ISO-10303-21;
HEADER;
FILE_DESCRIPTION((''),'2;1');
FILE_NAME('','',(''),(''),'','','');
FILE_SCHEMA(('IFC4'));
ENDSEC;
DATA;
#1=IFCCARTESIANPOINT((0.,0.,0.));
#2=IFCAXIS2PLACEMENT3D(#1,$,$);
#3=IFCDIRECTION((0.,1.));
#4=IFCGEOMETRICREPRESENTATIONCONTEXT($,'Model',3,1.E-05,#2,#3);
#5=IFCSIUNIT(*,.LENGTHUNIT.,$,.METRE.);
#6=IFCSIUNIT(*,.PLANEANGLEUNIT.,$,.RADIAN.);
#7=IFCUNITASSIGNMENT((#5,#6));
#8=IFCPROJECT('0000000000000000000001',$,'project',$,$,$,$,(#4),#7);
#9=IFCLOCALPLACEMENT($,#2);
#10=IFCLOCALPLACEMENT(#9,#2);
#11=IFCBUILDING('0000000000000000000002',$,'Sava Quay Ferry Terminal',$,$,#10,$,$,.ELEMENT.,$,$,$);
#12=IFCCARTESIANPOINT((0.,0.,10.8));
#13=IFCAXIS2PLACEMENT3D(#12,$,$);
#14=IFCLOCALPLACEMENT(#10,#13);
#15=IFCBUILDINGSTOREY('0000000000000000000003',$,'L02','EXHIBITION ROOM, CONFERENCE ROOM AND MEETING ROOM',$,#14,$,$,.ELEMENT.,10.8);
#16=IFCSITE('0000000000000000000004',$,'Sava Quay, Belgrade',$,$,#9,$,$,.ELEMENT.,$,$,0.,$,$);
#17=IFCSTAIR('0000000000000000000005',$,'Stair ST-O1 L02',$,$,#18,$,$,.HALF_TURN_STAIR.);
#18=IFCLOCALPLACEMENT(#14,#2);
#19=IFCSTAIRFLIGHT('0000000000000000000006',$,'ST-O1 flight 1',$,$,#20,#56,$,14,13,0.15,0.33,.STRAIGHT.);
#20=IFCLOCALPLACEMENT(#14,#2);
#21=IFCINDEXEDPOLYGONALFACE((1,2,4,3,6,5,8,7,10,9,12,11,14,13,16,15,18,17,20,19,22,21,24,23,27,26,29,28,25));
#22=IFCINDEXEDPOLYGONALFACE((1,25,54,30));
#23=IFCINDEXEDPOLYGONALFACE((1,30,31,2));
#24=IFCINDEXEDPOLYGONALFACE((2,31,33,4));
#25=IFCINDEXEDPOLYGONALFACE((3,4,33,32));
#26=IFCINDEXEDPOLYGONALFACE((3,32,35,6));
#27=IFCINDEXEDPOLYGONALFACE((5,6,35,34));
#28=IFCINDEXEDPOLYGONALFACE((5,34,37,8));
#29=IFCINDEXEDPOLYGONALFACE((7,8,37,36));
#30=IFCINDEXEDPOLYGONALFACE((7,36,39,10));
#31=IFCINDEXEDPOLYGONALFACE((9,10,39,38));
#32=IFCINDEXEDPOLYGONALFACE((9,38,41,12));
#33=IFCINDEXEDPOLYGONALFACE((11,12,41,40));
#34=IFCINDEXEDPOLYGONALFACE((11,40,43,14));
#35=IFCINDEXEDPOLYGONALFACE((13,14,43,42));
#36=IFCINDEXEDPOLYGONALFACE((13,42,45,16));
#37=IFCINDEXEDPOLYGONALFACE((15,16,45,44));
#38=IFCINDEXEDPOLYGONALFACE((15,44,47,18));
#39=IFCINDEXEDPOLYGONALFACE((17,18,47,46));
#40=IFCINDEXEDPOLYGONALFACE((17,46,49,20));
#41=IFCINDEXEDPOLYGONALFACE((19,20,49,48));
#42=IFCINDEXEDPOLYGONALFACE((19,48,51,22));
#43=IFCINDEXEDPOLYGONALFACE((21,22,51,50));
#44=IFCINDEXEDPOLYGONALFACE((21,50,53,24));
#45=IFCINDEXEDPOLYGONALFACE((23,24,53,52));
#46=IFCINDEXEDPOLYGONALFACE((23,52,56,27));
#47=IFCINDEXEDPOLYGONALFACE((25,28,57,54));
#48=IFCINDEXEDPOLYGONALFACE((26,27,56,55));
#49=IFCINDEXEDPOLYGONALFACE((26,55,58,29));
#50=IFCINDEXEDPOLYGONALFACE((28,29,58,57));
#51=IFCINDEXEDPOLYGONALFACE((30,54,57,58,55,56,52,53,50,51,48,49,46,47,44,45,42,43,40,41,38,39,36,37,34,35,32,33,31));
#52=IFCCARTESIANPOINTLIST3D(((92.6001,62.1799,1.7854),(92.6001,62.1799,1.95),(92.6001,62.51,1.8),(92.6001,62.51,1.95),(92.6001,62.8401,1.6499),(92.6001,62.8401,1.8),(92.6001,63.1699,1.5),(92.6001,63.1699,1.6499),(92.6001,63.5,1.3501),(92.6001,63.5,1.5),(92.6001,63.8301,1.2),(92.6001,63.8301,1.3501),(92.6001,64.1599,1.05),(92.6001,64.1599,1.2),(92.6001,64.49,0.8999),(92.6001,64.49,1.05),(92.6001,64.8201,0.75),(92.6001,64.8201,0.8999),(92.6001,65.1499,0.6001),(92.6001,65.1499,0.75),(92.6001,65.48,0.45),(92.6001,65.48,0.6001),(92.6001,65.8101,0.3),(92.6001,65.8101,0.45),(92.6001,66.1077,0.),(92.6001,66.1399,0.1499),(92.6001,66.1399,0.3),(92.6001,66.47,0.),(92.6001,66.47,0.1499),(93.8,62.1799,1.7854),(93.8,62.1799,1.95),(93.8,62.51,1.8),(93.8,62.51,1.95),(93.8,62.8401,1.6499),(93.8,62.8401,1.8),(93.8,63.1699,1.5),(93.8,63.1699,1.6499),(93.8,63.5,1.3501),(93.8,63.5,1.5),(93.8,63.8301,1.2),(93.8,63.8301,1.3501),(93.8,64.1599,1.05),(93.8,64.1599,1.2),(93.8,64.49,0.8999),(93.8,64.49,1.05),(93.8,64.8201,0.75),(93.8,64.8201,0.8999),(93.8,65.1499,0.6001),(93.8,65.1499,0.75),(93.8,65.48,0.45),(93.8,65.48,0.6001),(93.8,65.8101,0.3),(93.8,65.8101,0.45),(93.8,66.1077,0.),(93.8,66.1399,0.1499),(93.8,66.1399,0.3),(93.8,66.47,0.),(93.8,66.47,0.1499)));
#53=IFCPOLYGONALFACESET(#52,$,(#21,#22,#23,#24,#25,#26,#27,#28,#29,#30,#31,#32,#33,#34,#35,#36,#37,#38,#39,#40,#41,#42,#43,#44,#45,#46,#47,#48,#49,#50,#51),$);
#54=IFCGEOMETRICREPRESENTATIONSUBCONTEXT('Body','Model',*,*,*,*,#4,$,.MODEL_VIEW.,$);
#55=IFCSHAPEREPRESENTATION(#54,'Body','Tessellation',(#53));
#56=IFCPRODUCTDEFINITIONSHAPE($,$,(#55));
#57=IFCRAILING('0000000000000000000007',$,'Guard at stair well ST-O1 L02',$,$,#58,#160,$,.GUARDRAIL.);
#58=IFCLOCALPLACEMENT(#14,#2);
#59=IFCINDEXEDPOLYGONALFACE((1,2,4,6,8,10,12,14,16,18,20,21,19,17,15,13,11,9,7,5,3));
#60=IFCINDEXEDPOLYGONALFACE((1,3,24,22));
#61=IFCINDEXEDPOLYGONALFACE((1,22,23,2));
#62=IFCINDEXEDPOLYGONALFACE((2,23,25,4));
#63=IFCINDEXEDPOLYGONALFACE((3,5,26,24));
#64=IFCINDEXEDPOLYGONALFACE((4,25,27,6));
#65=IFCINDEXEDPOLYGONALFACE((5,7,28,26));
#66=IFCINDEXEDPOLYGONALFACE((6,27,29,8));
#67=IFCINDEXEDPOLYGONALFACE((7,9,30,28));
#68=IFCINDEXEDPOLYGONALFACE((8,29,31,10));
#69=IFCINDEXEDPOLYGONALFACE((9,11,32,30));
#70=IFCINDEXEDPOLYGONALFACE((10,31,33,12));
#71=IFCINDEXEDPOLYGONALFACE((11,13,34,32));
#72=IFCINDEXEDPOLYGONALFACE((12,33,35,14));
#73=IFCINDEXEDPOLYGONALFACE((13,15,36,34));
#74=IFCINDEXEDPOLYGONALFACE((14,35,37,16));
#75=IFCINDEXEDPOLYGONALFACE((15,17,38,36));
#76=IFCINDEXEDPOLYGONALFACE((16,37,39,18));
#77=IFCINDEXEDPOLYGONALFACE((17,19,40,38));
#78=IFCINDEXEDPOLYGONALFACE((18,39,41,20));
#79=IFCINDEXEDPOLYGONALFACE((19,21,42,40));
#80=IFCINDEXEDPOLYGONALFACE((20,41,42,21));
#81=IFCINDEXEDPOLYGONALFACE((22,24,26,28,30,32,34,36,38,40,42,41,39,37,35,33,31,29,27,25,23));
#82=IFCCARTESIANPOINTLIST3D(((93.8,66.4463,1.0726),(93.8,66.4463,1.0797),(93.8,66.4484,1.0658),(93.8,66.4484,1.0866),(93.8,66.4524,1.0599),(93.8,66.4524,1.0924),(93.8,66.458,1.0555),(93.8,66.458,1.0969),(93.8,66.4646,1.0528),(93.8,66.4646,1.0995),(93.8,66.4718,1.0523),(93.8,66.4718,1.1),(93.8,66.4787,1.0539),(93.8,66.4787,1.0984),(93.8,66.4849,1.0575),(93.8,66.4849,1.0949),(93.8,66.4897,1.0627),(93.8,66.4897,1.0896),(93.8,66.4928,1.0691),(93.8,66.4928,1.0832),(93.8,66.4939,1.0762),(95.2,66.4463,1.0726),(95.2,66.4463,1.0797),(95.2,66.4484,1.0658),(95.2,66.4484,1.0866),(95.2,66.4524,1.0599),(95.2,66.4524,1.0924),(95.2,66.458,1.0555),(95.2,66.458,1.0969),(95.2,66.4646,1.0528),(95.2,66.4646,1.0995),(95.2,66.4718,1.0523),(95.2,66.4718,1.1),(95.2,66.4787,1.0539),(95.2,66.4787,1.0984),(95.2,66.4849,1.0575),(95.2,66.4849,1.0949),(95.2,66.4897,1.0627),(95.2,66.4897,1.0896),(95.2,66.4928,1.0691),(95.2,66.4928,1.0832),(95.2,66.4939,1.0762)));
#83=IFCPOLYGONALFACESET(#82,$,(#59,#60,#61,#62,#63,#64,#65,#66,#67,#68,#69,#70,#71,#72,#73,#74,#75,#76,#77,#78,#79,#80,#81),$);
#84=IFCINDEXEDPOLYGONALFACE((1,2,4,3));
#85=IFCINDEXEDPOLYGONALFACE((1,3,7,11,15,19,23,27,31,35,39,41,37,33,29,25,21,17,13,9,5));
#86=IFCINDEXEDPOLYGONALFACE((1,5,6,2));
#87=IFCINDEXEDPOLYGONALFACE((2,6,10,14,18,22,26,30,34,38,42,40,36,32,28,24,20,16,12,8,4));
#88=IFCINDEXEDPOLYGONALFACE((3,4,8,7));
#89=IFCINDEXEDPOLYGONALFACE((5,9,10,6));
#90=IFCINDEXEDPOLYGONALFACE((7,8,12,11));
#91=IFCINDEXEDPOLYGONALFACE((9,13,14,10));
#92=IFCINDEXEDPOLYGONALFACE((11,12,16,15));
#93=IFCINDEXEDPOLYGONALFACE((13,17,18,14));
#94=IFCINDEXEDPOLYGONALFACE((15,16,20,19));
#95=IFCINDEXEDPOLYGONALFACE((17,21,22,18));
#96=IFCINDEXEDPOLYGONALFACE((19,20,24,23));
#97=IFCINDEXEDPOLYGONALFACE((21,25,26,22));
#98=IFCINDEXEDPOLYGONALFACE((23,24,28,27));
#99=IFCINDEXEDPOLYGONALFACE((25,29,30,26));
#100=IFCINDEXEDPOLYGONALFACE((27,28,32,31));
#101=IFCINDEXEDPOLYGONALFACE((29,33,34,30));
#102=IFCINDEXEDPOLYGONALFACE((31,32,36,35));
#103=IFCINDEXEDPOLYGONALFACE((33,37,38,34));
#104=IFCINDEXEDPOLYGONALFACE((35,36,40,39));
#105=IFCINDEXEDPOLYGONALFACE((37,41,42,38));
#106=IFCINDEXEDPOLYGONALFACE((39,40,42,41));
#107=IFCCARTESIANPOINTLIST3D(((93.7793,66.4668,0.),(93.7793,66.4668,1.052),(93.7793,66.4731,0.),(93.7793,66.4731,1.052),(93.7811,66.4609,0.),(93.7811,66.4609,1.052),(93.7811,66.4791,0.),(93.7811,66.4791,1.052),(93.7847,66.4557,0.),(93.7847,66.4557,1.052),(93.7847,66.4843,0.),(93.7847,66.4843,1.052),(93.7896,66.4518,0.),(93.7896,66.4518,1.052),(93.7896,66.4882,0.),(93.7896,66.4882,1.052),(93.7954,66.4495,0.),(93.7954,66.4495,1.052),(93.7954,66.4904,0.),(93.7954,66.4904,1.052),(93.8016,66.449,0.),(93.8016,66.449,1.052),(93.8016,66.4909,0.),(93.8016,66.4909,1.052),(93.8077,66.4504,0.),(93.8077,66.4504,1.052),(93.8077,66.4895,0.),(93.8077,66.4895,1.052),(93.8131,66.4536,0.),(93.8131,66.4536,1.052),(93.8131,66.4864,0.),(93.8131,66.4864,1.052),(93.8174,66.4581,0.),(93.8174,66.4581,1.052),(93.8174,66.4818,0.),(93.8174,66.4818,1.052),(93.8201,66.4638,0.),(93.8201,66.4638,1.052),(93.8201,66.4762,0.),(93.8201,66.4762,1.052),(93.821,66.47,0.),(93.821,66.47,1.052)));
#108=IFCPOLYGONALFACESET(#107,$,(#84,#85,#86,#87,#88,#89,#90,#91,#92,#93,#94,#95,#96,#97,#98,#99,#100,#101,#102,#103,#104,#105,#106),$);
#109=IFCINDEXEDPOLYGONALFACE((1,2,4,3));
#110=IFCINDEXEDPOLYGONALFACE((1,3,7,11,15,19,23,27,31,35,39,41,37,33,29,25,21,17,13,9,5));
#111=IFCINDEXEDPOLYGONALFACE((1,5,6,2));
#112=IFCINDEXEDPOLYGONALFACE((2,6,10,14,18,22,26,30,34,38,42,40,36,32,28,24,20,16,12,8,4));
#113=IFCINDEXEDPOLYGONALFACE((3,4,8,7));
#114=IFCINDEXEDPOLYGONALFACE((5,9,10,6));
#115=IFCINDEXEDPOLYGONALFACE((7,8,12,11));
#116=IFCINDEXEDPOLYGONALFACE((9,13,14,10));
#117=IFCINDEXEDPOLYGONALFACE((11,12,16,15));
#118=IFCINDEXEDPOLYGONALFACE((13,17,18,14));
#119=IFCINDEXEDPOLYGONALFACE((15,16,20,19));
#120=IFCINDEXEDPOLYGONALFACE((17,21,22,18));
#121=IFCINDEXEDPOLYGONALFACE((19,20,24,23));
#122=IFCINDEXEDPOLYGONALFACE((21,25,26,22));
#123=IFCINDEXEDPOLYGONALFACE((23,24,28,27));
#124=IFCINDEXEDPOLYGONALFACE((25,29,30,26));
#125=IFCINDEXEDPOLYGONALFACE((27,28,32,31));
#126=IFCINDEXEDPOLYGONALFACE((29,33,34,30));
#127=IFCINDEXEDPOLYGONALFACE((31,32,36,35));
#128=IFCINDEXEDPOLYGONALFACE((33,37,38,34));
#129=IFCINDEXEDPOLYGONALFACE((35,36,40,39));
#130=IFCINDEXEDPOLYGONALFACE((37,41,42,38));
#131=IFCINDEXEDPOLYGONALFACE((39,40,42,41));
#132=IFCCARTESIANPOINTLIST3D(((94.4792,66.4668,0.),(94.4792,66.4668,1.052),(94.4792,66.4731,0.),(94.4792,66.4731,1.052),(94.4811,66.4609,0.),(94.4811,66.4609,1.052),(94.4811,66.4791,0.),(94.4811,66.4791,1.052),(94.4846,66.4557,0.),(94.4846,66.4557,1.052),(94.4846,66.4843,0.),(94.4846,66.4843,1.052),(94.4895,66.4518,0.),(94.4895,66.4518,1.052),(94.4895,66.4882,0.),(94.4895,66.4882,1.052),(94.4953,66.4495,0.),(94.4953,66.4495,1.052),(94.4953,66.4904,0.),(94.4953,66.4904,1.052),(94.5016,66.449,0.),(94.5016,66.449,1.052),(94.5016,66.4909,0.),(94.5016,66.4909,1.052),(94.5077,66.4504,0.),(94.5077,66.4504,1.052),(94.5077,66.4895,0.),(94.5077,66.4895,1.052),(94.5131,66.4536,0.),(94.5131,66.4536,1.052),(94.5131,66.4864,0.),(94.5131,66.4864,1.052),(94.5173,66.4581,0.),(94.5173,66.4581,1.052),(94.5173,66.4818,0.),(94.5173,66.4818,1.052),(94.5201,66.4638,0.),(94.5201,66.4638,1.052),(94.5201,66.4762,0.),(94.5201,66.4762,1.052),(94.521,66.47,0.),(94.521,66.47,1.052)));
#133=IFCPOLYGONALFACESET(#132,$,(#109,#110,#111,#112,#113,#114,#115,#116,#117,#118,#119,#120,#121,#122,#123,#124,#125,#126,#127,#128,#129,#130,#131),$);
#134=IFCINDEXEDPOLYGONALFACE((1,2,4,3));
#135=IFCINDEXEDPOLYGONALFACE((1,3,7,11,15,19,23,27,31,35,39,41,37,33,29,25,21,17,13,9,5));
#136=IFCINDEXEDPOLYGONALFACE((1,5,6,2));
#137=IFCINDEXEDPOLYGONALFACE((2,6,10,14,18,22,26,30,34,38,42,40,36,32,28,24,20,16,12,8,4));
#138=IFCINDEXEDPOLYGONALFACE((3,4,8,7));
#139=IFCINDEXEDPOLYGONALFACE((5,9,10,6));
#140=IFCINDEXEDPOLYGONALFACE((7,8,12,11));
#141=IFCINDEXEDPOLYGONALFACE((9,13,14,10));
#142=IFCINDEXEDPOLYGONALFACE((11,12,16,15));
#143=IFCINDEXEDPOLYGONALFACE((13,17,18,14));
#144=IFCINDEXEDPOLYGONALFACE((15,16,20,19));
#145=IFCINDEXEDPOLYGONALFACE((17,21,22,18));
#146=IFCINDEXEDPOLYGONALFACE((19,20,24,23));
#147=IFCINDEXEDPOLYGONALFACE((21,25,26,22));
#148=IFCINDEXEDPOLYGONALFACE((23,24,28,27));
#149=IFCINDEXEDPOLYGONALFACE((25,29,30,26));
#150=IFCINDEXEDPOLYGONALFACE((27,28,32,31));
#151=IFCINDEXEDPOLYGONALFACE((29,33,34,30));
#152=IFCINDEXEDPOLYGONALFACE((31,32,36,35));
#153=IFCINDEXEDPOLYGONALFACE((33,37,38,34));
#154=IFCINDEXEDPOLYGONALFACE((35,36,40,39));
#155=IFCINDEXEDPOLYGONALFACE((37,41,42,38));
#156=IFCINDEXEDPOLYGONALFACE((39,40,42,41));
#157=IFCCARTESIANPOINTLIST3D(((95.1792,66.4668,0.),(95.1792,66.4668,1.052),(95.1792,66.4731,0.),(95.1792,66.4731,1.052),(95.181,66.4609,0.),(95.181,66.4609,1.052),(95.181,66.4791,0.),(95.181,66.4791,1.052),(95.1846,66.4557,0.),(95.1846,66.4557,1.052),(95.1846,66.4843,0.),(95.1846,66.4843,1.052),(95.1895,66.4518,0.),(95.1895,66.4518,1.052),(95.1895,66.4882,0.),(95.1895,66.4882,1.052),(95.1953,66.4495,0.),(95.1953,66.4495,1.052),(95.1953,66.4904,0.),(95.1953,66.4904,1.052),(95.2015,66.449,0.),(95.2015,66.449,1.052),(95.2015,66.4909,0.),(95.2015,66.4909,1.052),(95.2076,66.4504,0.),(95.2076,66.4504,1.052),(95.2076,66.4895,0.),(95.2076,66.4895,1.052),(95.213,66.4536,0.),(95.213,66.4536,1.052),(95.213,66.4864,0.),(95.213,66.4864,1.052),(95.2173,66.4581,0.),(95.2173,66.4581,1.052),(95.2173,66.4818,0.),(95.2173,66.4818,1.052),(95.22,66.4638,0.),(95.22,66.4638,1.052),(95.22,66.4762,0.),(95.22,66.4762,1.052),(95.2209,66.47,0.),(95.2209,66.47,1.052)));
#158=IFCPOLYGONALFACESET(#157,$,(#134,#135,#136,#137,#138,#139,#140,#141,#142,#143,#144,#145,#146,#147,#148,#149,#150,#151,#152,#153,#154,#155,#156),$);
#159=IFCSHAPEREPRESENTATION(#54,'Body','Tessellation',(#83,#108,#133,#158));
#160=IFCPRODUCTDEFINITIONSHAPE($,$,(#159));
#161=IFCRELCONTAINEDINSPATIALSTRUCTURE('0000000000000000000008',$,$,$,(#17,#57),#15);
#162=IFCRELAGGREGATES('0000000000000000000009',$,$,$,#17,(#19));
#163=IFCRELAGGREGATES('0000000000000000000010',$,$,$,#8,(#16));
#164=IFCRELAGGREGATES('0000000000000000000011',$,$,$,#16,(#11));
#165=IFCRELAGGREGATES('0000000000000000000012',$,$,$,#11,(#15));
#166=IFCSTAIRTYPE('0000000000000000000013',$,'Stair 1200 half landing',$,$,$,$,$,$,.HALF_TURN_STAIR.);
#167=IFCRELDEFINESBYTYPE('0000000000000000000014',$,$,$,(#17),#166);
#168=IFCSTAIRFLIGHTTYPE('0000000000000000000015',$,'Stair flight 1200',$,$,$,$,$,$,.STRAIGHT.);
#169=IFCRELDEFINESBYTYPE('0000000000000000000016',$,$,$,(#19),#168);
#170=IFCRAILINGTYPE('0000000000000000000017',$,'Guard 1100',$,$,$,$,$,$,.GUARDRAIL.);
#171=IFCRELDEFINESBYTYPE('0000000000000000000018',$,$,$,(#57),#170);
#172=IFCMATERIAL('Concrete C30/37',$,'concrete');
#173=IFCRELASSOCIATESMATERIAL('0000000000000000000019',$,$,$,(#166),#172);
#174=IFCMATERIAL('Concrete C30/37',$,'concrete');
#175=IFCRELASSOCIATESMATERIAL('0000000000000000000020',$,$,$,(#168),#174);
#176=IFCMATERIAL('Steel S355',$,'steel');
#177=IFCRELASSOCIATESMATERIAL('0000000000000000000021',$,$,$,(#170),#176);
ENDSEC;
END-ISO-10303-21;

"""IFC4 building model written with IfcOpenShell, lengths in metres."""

from ifc_helpers import new_model, si_unit, direction, frame, origin, origin_2d, place, context, subcontext, project, spatial, polyline, circle, outline, extrude, material, type_object, element, aggregate, save


model = new_model("IFC4")

# Units and contexts
model_context = context("Model", 3, precision=1e-05, world=origin(), true_north=direction((0.0, 1.0)))
body_context = subcontext(model_context, "Body", "Model", "MODEL_VIEW")
ifc_project = project(units=[si_unit("LENGTHUNIT", "METRE"), si_unit("PLANEANGLEUNIT", "RADIAN")], contexts=[model_context])

# Site, building, storey
site_placement = place(None, origin())
site = spatial("IfcSite", under=ifc_project, at=site_placement, Name="Sava Quay, Belgrade", CompositionType="ELEMENT", RefElevation=0.0)
building_placement = place(site_placement, origin())
building = spatial("IfcBuilding", under=site, at=building_placement, Name="Sava Quay Ferry Terminal", CompositionType="ELEMENT")
storey_placement = place(building_placement, frame((0.0, 0.0, 10.8)))
storey = spatial("IfcBuildingStorey", under=building, at=storey_placement, Name="L02", Description="EXHIBITION ROOM, CONFERENCE ROOM AND MEETING ROOM", CompositionType="ELEMENT", Elevation=10.8)

# Stair, stair flight
ifc_material_1 = material(Name="Concrete C30/37", Category="concrete")
stair_type = type_object("IfcStairType", Name="Stair 1200 half landing", PredefinedType="HALF_TURN_STAIR", material=ifc_material_1)
stair_placement = place(storey_placement, origin())
stair = element("IfcStair", 1, at=stair_placement, inside=storey, type_object=stair_type, Name="Stair ST-O1 L02", PredefinedType="HALF_TURN_STAIR")
ifc_material_2 = material(Name="Concrete C30/37", Category="concrete")
stair_flight_type = type_object("IfcStairFlightType", Name="Stair flight 1200", PredefinedType="STRAIGHT", material=ifc_material_2)
stair_flight_placement = place(storey_placement, frame((93.2, 66.47, 0.0), z_axis=(0.0, 0.0, 1.0), x_axis=(0.0, -1.0, 0.0)))
stair_flight = element("IfcStairFlight", 2, at=stair_flight_placement, type_object=stair_flight_type, Name="ST-O1 flight 1", NumberOfRisers=14, NumberOfTreads=13, PredefinedType="STRAIGHT", RiserHeight=0.15, TreadLength=0.33, context=body_context, shape_type="SweptSolid", body=[
    extrude(outline(polyline([(0.0, 0.0), (0.0, 0.1499), (0.3301, 0.1499), (0.3301, 0.3), (0.6599, 0.3), (0.6599, 0.45), (0.99, 0.45), (0.99, 0.6001), (1.3201, 0.6001), (1.3201, 0.75), (1.6499, 0.75), (1.6499, 0.8999), (1.98, 0.8999), (1.98, 1.05), (2.3101, 1.05), (2.3101, 1.2), (2.6399, 1.2), (2.6399, 1.3501), (2.97, 1.3501), (2.97, 1.5), (3.3, 1.5), (3.3, 1.6499), (3.6299, 1.6499), (3.6299, 1.8), (3.96, 1.8), (3.96, 1.95), (4.29, 1.95), (4.29, 2.1001), (4.29, 1.7854), (0.3623, 0.0), (0.0, 0.0)])), frame((0.0, 0.6001, 0.0), z_axis=(0.0, -1.0, 0.0), x_axis=(1.0, 0.0, 0.0)), (0.0, 0.0, 1.0), 1.2),
])
aggregate(stair, [stair_flight])

# Railing
ifc_material_3 = material(Name="Steel S355", Category="steel")
railing_type_1 = type_object("IfcRailingType", Name="Guard 1100", PredefinedType="GUARDRAIL", material=ifc_material_3)
railing_1_placement = place(storey_placement, frame((93.8, 66.47, 0.0)))
element("IfcRailing", 3, at=railing_1_placement, inside=storey, type_object=railing_type_1, Name="Guard at stair well ST-O1 L02", PredefinedType="GUARDRAIL", context=body_context, shape_type="SweptSolid", body=[
    extrude(circle(Radius=0.0239, at=origin_2d()), frame((0.0, 0.0, 1.0762), z_axis=(1.0, 0.0, 0.0), x_axis=(0.0, 1.0, 0.0)), (0.0, 0.0, 1.0), 1.3999),
    extrude(circle(Radius=0.021, at=origin_2d()), origin(), (0.0, 0.0, 1.0), 1.052),
    extrude(circle(Radius=0.021, at=origin_2d()), frame((0.7, 0.0, 0.0)), (0.0, 0.0, 1.0), 1.052),
    extrude(circle(Radius=0.021, at=origin_2d()), frame((1.3999, 0.0, 0.0)), (0.0, 0.0, 1.0), 1.052),
])

save(model, "model.ifc")
